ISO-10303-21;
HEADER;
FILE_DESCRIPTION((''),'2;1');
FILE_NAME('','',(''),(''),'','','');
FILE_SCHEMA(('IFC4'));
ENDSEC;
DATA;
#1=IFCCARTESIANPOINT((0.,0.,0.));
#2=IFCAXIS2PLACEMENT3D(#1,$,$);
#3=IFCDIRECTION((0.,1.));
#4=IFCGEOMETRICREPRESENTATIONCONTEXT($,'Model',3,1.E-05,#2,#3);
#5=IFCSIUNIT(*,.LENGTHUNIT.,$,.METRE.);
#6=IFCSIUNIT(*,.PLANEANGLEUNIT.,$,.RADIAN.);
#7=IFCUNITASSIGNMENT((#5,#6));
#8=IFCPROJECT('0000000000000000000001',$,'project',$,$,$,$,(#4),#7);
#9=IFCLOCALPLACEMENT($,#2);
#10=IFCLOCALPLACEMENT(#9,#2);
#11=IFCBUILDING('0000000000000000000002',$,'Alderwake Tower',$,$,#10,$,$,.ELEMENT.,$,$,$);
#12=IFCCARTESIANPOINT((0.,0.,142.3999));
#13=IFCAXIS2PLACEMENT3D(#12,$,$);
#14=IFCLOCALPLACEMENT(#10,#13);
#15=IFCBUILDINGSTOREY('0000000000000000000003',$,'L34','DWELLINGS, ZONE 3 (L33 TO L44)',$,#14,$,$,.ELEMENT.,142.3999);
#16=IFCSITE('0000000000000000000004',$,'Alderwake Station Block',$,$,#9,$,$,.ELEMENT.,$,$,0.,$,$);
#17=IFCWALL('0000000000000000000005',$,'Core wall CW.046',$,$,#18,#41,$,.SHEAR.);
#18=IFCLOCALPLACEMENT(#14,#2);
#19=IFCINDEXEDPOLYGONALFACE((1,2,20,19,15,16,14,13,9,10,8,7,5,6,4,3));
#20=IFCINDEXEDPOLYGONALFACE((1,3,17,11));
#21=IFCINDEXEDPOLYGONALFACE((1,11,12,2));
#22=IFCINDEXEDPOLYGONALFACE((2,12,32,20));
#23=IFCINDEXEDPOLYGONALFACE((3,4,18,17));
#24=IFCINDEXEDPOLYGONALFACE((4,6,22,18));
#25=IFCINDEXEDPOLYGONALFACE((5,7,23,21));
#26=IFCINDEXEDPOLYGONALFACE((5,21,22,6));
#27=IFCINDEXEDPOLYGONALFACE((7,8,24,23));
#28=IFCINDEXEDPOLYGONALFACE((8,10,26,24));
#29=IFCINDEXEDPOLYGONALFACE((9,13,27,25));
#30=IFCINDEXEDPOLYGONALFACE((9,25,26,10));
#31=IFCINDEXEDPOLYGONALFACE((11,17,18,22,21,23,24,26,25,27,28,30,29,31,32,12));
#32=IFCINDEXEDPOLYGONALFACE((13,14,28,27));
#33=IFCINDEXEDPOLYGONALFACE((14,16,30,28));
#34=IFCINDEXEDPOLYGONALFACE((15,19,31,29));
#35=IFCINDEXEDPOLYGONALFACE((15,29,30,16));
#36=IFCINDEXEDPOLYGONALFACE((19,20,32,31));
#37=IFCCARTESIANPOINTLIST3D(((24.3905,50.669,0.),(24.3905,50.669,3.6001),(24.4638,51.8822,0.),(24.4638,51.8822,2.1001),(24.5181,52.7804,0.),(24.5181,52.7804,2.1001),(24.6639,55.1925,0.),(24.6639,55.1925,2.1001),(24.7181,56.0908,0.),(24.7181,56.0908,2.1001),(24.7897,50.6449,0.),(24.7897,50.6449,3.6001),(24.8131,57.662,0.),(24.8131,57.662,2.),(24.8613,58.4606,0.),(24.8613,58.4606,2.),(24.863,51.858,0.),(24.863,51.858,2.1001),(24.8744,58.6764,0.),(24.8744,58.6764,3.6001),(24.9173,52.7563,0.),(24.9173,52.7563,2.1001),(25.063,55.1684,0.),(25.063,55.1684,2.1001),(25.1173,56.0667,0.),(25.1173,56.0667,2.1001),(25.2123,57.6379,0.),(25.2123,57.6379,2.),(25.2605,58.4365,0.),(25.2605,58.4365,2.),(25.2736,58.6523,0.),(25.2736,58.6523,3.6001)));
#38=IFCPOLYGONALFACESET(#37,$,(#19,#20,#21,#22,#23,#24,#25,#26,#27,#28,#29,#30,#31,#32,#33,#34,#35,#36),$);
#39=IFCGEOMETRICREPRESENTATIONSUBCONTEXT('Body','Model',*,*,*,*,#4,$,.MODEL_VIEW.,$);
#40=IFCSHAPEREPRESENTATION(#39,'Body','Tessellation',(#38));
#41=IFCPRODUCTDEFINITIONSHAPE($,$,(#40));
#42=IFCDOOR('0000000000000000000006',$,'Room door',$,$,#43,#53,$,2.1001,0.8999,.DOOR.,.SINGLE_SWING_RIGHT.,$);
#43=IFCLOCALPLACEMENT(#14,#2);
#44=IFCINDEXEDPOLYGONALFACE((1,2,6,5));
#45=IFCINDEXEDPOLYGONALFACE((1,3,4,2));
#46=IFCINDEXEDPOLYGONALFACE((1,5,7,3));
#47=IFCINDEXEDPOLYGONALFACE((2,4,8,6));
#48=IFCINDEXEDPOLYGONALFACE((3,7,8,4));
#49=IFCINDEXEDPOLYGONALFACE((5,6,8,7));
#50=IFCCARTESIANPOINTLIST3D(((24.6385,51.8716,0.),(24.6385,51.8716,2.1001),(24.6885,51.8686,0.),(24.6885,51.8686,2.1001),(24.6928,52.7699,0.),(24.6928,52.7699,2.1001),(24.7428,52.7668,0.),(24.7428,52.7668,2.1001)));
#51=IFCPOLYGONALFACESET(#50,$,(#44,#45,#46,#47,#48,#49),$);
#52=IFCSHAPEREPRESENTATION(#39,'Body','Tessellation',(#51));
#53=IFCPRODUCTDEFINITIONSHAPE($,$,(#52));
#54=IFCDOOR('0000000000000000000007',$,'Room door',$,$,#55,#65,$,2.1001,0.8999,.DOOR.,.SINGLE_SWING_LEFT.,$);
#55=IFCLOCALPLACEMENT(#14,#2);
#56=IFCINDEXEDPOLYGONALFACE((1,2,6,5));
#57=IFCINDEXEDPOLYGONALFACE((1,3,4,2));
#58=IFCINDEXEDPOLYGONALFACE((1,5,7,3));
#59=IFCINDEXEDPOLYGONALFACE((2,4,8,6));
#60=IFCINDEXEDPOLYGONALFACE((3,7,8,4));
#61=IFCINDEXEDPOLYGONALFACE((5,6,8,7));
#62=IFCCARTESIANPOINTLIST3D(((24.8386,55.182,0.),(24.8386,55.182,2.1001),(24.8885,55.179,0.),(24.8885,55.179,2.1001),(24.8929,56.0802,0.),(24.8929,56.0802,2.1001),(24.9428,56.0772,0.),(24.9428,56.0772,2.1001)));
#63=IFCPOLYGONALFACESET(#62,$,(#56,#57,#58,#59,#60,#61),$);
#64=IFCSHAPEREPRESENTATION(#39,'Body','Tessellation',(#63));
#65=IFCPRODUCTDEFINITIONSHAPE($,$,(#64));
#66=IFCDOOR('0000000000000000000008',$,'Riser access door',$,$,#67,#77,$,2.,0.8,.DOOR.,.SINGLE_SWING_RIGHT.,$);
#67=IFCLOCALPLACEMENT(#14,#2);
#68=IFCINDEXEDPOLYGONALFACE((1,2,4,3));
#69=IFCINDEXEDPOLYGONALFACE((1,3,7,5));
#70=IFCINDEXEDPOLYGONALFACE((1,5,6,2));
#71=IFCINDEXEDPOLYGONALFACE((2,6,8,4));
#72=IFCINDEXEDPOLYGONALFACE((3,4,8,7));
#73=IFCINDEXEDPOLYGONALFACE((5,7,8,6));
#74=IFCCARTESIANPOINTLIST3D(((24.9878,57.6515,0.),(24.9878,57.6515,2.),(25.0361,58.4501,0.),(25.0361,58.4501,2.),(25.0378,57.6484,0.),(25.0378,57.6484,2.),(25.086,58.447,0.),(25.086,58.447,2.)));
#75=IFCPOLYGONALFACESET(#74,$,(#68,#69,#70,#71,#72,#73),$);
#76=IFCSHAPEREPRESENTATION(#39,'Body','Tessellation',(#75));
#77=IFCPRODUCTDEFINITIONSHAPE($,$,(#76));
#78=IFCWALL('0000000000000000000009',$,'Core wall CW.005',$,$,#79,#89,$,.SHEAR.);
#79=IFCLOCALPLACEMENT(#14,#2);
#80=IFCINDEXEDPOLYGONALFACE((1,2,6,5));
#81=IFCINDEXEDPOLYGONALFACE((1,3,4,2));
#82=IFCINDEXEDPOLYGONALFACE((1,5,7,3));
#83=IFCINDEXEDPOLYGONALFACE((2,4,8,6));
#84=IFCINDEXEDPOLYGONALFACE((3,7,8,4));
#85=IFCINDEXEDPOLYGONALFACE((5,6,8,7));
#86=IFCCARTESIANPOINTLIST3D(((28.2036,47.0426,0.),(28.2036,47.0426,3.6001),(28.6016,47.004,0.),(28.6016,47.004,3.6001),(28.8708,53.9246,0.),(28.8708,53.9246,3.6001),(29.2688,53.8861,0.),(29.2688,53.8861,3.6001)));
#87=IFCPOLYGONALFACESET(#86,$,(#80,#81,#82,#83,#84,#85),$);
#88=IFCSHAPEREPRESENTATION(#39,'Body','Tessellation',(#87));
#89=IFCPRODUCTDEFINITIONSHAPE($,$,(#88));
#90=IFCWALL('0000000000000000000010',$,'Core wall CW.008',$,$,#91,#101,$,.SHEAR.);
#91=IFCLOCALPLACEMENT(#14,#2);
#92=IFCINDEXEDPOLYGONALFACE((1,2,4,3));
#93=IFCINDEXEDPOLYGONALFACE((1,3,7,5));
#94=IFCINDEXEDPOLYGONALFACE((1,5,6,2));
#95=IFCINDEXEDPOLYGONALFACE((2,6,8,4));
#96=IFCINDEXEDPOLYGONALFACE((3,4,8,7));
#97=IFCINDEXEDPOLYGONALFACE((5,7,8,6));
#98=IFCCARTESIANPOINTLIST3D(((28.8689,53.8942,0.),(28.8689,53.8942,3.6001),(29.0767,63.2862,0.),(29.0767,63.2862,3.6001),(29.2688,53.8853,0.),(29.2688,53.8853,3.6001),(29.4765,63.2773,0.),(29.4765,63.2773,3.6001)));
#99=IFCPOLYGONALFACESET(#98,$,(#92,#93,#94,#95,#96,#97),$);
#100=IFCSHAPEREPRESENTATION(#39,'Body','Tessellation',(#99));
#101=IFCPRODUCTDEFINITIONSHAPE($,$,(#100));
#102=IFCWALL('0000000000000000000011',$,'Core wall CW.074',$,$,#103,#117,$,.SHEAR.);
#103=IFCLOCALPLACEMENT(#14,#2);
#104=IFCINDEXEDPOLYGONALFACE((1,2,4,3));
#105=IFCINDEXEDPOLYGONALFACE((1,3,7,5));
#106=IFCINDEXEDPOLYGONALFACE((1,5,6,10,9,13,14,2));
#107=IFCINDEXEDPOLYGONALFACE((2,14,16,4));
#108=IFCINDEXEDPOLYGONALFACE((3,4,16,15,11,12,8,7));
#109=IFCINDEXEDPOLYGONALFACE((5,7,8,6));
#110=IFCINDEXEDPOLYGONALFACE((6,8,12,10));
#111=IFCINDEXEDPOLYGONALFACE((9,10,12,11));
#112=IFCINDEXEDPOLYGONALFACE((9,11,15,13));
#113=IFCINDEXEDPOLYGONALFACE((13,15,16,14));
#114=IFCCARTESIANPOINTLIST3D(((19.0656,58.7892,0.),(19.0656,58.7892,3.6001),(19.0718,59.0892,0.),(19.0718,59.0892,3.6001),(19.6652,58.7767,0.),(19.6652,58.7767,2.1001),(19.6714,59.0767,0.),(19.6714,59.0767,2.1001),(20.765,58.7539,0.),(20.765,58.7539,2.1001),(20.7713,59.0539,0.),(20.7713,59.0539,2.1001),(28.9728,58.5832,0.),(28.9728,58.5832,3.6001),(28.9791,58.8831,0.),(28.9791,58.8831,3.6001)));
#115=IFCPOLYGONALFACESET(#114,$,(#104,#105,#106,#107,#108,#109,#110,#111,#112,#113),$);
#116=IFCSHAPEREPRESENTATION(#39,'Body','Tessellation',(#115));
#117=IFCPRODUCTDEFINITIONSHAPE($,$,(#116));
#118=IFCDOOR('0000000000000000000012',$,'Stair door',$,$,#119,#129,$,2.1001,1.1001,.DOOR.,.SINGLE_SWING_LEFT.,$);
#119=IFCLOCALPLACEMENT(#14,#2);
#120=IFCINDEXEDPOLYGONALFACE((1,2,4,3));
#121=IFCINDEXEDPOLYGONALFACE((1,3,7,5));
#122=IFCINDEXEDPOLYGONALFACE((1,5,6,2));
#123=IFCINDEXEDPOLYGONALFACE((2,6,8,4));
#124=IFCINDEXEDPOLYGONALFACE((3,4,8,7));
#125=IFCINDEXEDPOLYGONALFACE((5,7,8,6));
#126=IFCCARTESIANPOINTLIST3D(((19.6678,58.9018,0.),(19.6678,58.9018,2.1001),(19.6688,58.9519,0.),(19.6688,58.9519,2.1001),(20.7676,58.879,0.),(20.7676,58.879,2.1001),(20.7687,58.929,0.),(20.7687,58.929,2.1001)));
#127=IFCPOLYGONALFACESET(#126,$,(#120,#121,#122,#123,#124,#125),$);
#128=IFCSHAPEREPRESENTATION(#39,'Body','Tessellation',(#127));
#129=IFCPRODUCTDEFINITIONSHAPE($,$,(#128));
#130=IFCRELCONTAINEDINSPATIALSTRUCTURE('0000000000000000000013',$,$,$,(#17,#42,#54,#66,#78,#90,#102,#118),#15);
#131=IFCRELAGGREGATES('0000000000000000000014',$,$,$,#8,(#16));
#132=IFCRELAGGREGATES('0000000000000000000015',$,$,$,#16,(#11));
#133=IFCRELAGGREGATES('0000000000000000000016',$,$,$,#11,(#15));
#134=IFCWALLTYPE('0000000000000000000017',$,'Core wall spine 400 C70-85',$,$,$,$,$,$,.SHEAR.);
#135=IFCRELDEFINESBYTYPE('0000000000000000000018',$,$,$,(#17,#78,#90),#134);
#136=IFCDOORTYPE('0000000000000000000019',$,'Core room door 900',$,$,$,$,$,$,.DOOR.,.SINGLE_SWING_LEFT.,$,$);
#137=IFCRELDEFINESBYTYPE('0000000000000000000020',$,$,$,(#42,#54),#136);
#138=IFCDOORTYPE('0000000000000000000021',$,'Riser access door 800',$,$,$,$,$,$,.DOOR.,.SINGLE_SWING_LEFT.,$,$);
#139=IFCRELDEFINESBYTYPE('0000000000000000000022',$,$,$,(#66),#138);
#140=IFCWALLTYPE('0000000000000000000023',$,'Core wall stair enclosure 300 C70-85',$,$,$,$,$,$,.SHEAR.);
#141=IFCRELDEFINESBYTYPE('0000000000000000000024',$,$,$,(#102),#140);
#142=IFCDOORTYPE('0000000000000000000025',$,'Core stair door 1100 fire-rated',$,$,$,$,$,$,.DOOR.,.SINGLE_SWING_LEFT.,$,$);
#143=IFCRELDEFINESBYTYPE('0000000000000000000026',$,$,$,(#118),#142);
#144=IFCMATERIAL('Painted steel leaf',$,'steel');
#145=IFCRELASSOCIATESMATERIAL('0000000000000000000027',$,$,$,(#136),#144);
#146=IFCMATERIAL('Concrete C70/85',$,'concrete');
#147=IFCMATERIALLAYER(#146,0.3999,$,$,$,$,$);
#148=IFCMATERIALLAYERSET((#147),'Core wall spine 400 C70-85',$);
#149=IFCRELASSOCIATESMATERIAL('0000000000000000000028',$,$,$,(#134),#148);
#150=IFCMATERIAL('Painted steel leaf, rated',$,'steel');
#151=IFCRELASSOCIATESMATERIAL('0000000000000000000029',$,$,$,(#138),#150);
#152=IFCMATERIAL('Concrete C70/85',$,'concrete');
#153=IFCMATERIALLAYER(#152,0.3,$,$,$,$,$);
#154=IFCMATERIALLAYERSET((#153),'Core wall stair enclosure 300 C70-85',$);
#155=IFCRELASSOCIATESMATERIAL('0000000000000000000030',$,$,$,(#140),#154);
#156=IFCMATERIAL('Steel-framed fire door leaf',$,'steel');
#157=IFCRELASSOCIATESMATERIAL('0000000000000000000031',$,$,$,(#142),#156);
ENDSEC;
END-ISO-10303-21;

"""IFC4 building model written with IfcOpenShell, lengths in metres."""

from ifc_helpers import new_model, si_unit, direction, frame, frame_2d, origin, place, context, subcontext, project, spatial, rectangle, extrude, material, layer, layer_set, type_object, element, fill, save


model = new_model("IFC4")

# Units and contexts
model_context = context("Model", 3, precision=1e-05, world=origin(), true_north=direction((0.0, 1.0)))
body_context = subcontext(model_context, "Body", "Model", "MODEL_VIEW")
ifc_project = project(units=[si_unit("LENGTHUNIT", "METRE"), si_unit("PLANEANGLEUNIT", "RADIAN")], contexts=[model_context])

# Site, building, storey
site_placement = place(None, origin())
site = spatial("IfcSite", under=ifc_project, at=site_placement, Name="Alderwake Station Block", CompositionType="ELEMENT", RefElevation=0.0)
building_placement = place(site_placement, origin())
building = spatial("IfcBuilding", under=site, at=building_placement, Name="Alderwake Tower", CompositionType="ELEMENT")
storey_placement = place(building_placement, frame((0.0, 0.0, 142.3999)))
storey = spatial("IfcBuildingStorey", under=building, at=storey_placement, Name="L34", Description="DWELLINGS, ZONE 3 (L33 TO L44)", CompositionType="ELEMENT", Elevation=142.3999)

# Shared definitions
ifc_material_1 = material(Name="Painted steel leaf", Category="steel")
door_type_1 = type_object("IfcDoorType", Name="Core room door 900", OperationType="SINGLE_SWING_LEFT", PredefinedType="DOOR", material=ifc_material_1)

# Wall, openings, doors
ifc_material_2 = material(Name="Concrete C70/85", Category="concrete")
ifc_layer_1 = layer(ifc_material_2, 0.3999)
ifc_layer_set_1 = layer_set([ifc_layer_1], Name="Core wall spine 400 C70-85")
wall_type_1 = type_object("IfcWallType", Name="Core wall spine 400 C70-85", PredefinedType="SHEAR", material=ifc_layer_set_1)
wall_1_placement = place(storey_placement, frame((24.5901, 50.657, 0.0), z_axis=(0.0, 0.0, 1.0), x_axis=(0.06032, 0.998179, 0.0)))
wall_1 = element("IfcWall", 1, at=wall_1_placement, inside=storey, type_object=wall_type_1, Name="Core wall CW.046", PredefinedType="SHEAR", context=body_context, shape_type="SweptSolid", body=[
    extrude(rectangle(XDim=8.022, YDim=0.3999, at=frame_2d((4.011, 0.0))), origin(), (0.0, 0.0, 1.0), 3.6001),
])
opening_1_placement = place(wall_1_placement, frame((7.0059, 0.0, 0.0)))
opening_1 = element("IfcOpeningElement", 2, at=opening_1_placement, cuts=wall_1, PredefinedType="OPENING", context=body_context, shape_type="SweptSolid", body=[
    extrude(rectangle(XDim=0.8, YDim=2.0, at=frame_2d((0.3999, 1.0))), frame((0.0, 0.21, 0.0), z_axis=(0.0, -1.0, 0.0), x_axis=(1.0, 0.0, 0.0)), (0.0, 0.0, 1.0), 0.4199),
])
opening_2_placement = place(wall_1_placement, frame((1.2153, 0.0, 0.0)))
opening_2 = element("IfcOpeningElement", 3, at=opening_2_placement, cuts=wall_1, PredefinedType="OPENING", context=body_context, shape_type="SweptSolid", body=[
    extrude(rectangle(XDim=0.8999, YDim=2.1001, at=frame_2d((0.45, 1.05))), frame((0.0, 0.21, 0.0), z_axis=(0.0, -1.0, 0.0), x_axis=(1.0, 0.0, 0.0)), (0.0, 0.0, 1.0), 0.4199),
])
opening_3_placement = place(wall_1_placement, frame((4.5317, 0.0, 0.0)))
opening_3 = element("IfcOpeningElement", 4, at=opening_3_placement, cuts=wall_1, PredefinedType="OPENING", context=body_context, shape_type="SweptSolid", body=[
    extrude(rectangle(XDim=0.8999, YDim=2.1001, at=frame_2d((0.45, 1.05))), frame((0.0, 0.21, 0.0), z_axis=(0.0, -1.0, 0.0), x_axis=(1.0, 0.0, 0.0)), (0.0, 0.0, 1.0), 0.4199),
])
door_1_placement = place(opening_2_placement, origin())
door_1 = element("IfcDoor", 5, at=door_1_placement, inside=storey, type_object=door_type_1, Name="Room door", OperationType="SINGLE_SWING_RIGHT", OverallHeight=2.1001, OverallWidth=0.8999, PredefinedType="DOOR", context=body_context, shape_type="SweptSolid", body=[
    extrude(rectangle(XDim=0.8999, YDim=2.1001, at=frame_2d((0.45, 1.05))), frame((0.0, 0.0249, 0.0), z_axis=(0.0, -1.0, 0.0), x_axis=(1.0, 0.0, 0.0)), (0.0, 0.0, 1.0), 0.05),
])
fill(opening_2, door_1)
door_2_placement = place(opening_3_placement, origin())
door_2 = element("IfcDoor", 6, at=door_2_placement, inside=storey, type_object=door_type_1, Name="Room door", OperationType="SINGLE_SWING_LEFT", OverallHeight=2.1001, OverallWidth=0.8999, PredefinedType="DOOR", context=body_context, shape_type="SweptSolid", body=[
    extrude(rectangle(XDim=0.8999, YDim=2.1001, at=frame_2d((0.45, 1.05))), frame((0.0, 0.0249, 0.0), z_axis=(0.0, -1.0, 0.0), x_axis=(1.0, 0.0, 0.0)), (0.0, 0.0, 1.0), 0.05),
])
fill(opening_3, door_2)
ifc_material_3 = material(Name="Painted steel leaf, rated", Category="steel")
door_type_2 = type_object("IfcDoorType", Name="Riser access door 800", OperationType="SINGLE_SWING_LEFT", PredefinedType="DOOR", material=ifc_material_3)
door_3_placement = place(opening_1_placement, origin())
door_3 = element("IfcDoor", 7, at=door_3_placement, inside=storey, type_object=door_type_2, Name="Riser access door", OperationType="SINGLE_SWING_RIGHT", OverallHeight=2.0, OverallWidth=0.8, PredefinedType="DOOR", context=body_context, shape_type="SweptSolid", body=[
    extrude(rectangle(XDim=0.8, YDim=2.0, at=frame_2d((0.3999, 1.0))), frame((0.0, 0.0249, 0.0), z_axis=(0.0, -1.0, 0.0), x_axis=(1.0, 0.0, 0.0)), (0.0, 0.0, 1.0), 0.05),
])
fill(opening_1, door_3)

# Walls
wall_2_placement = place(storey_placement, frame((28.4026, 47.0234, 0.0), z_axis=(0.0, 0.0, 1.0), x_axis=(0.0965, 0.995333, 0.0)))
element("IfcWall", 8, at=wall_2_placement, inside=storey, type_object=wall_type_1, Name="Core wall CW.005", PredefinedType="SHEAR", context=body_context, shape_type="SweptSolid", body=[
    extrude(rectangle(XDim=6.9143, YDim=0.3999, at=frame_2d((3.457, 0.0))), origin(), (0.0, 0.0, 1.0), 3.6001),
])
wall_3_placement = place(storey_placement, frame((29.0688, 53.8896, 0.0), z_axis=(0.0, 0.0, 1.0), x_axis=(0.022116, 0.999755, 0.0)))
element("IfcWall", 9, at=wall_3_placement, inside=storey, type_object=wall_type_1, Name="Core wall CW.008", PredefinedType="SHEAR", context=body_context, shape_type="SweptSolid", body=[
    extrude(rectangle(XDim=9.3943, YDim=0.3999, at=frame_2d((4.6973, 0.0))), origin(), (0.0, 0.0, 1.0), 3.6001),
])

# Wall, opening, door
ifc_material_4 = material(Name="Concrete C70/85", Category="concrete")
ifc_layer_2 = layer(ifc_material_4, 0.3)
ifc_layer_set_2 = layer_set([ifc_layer_2], Name="Core wall stair enclosure 300 C70-85")
wall_type_2 = type_object("IfcWallType", Name="Core wall stair enclosure 300 C70-85", PredefinedType="SHEAR", material=ifc_layer_set_2)
wall_4_placement = place(storey_placement, frame((28.9758, 58.7332, 0.0), z_axis=(0.0, 0.0, 1.0), x_axis=(-0.999784, 0.020794, 0.0)))
wall_4 = element("IfcWall", 10, at=wall_4_placement, inside=storey, type_object=wall_type_2, Name="Core wall CW.074", PredefinedType="SHEAR", context=body_context, shape_type="SweptSolid", body=[
    extrude(rectangle(XDim=9.9094, YDim=0.3, at=frame_2d((4.9546, 0.0))), origin(), (0.0, 0.0, 1.0), 3.6001),
])
opening_4_placement = place(wall_4_placement, frame((8.2095, 0.0, 0.0)))
opening_4 = element("IfcOpeningElement", 11, at=opening_4_placement, cuts=wall_4, PredefinedType="OPENING", context=body_context, shape_type="SweptSolid", body=[
    extrude(rectangle(XDim=1.1001, YDim=2.1001, at=frame_2d((0.55, 1.05))), frame((0.0, 0.1599, 0.0), z_axis=(0.0, -1.0, 0.0), x_axis=(1.0, 0.0, 0.0)), (0.0, 0.0, 1.0), 0.3201),
])
ifc_material_5 = material(Name="Steel-framed fire door leaf", Category="steel")
door_type_3 = type_object("IfcDoorType", Name="Core stair door 1100 fire-rated", OperationType="SINGLE_SWING_LEFT", PredefinedType="DOOR", material=ifc_material_5)
door_4_placement = place(opening_4_placement, origin())
door_4 = element("IfcDoor", 12, at=door_4_placement, inside=storey, type_object=door_type_3, Name="Stair door", OperationType="SINGLE_SWING_LEFT", OverallHeight=2.1001, OverallWidth=1.1001, PredefinedType="DOOR", context=body_context, shape_type="SweptSolid", body=[
    extrude(rectangle(XDim=1.1001, YDim=2.1001, at=frame_2d((0.55, 1.05))), frame((0.0, 0.0249, 0.0), z_axis=(0.0, -1.0, 0.0), x_axis=(1.0, 0.0, 0.0)), (0.0, 0.0, 1.0), 0.05),
])
fill(opening_4, door_4)

save(model, "model.ifc")
